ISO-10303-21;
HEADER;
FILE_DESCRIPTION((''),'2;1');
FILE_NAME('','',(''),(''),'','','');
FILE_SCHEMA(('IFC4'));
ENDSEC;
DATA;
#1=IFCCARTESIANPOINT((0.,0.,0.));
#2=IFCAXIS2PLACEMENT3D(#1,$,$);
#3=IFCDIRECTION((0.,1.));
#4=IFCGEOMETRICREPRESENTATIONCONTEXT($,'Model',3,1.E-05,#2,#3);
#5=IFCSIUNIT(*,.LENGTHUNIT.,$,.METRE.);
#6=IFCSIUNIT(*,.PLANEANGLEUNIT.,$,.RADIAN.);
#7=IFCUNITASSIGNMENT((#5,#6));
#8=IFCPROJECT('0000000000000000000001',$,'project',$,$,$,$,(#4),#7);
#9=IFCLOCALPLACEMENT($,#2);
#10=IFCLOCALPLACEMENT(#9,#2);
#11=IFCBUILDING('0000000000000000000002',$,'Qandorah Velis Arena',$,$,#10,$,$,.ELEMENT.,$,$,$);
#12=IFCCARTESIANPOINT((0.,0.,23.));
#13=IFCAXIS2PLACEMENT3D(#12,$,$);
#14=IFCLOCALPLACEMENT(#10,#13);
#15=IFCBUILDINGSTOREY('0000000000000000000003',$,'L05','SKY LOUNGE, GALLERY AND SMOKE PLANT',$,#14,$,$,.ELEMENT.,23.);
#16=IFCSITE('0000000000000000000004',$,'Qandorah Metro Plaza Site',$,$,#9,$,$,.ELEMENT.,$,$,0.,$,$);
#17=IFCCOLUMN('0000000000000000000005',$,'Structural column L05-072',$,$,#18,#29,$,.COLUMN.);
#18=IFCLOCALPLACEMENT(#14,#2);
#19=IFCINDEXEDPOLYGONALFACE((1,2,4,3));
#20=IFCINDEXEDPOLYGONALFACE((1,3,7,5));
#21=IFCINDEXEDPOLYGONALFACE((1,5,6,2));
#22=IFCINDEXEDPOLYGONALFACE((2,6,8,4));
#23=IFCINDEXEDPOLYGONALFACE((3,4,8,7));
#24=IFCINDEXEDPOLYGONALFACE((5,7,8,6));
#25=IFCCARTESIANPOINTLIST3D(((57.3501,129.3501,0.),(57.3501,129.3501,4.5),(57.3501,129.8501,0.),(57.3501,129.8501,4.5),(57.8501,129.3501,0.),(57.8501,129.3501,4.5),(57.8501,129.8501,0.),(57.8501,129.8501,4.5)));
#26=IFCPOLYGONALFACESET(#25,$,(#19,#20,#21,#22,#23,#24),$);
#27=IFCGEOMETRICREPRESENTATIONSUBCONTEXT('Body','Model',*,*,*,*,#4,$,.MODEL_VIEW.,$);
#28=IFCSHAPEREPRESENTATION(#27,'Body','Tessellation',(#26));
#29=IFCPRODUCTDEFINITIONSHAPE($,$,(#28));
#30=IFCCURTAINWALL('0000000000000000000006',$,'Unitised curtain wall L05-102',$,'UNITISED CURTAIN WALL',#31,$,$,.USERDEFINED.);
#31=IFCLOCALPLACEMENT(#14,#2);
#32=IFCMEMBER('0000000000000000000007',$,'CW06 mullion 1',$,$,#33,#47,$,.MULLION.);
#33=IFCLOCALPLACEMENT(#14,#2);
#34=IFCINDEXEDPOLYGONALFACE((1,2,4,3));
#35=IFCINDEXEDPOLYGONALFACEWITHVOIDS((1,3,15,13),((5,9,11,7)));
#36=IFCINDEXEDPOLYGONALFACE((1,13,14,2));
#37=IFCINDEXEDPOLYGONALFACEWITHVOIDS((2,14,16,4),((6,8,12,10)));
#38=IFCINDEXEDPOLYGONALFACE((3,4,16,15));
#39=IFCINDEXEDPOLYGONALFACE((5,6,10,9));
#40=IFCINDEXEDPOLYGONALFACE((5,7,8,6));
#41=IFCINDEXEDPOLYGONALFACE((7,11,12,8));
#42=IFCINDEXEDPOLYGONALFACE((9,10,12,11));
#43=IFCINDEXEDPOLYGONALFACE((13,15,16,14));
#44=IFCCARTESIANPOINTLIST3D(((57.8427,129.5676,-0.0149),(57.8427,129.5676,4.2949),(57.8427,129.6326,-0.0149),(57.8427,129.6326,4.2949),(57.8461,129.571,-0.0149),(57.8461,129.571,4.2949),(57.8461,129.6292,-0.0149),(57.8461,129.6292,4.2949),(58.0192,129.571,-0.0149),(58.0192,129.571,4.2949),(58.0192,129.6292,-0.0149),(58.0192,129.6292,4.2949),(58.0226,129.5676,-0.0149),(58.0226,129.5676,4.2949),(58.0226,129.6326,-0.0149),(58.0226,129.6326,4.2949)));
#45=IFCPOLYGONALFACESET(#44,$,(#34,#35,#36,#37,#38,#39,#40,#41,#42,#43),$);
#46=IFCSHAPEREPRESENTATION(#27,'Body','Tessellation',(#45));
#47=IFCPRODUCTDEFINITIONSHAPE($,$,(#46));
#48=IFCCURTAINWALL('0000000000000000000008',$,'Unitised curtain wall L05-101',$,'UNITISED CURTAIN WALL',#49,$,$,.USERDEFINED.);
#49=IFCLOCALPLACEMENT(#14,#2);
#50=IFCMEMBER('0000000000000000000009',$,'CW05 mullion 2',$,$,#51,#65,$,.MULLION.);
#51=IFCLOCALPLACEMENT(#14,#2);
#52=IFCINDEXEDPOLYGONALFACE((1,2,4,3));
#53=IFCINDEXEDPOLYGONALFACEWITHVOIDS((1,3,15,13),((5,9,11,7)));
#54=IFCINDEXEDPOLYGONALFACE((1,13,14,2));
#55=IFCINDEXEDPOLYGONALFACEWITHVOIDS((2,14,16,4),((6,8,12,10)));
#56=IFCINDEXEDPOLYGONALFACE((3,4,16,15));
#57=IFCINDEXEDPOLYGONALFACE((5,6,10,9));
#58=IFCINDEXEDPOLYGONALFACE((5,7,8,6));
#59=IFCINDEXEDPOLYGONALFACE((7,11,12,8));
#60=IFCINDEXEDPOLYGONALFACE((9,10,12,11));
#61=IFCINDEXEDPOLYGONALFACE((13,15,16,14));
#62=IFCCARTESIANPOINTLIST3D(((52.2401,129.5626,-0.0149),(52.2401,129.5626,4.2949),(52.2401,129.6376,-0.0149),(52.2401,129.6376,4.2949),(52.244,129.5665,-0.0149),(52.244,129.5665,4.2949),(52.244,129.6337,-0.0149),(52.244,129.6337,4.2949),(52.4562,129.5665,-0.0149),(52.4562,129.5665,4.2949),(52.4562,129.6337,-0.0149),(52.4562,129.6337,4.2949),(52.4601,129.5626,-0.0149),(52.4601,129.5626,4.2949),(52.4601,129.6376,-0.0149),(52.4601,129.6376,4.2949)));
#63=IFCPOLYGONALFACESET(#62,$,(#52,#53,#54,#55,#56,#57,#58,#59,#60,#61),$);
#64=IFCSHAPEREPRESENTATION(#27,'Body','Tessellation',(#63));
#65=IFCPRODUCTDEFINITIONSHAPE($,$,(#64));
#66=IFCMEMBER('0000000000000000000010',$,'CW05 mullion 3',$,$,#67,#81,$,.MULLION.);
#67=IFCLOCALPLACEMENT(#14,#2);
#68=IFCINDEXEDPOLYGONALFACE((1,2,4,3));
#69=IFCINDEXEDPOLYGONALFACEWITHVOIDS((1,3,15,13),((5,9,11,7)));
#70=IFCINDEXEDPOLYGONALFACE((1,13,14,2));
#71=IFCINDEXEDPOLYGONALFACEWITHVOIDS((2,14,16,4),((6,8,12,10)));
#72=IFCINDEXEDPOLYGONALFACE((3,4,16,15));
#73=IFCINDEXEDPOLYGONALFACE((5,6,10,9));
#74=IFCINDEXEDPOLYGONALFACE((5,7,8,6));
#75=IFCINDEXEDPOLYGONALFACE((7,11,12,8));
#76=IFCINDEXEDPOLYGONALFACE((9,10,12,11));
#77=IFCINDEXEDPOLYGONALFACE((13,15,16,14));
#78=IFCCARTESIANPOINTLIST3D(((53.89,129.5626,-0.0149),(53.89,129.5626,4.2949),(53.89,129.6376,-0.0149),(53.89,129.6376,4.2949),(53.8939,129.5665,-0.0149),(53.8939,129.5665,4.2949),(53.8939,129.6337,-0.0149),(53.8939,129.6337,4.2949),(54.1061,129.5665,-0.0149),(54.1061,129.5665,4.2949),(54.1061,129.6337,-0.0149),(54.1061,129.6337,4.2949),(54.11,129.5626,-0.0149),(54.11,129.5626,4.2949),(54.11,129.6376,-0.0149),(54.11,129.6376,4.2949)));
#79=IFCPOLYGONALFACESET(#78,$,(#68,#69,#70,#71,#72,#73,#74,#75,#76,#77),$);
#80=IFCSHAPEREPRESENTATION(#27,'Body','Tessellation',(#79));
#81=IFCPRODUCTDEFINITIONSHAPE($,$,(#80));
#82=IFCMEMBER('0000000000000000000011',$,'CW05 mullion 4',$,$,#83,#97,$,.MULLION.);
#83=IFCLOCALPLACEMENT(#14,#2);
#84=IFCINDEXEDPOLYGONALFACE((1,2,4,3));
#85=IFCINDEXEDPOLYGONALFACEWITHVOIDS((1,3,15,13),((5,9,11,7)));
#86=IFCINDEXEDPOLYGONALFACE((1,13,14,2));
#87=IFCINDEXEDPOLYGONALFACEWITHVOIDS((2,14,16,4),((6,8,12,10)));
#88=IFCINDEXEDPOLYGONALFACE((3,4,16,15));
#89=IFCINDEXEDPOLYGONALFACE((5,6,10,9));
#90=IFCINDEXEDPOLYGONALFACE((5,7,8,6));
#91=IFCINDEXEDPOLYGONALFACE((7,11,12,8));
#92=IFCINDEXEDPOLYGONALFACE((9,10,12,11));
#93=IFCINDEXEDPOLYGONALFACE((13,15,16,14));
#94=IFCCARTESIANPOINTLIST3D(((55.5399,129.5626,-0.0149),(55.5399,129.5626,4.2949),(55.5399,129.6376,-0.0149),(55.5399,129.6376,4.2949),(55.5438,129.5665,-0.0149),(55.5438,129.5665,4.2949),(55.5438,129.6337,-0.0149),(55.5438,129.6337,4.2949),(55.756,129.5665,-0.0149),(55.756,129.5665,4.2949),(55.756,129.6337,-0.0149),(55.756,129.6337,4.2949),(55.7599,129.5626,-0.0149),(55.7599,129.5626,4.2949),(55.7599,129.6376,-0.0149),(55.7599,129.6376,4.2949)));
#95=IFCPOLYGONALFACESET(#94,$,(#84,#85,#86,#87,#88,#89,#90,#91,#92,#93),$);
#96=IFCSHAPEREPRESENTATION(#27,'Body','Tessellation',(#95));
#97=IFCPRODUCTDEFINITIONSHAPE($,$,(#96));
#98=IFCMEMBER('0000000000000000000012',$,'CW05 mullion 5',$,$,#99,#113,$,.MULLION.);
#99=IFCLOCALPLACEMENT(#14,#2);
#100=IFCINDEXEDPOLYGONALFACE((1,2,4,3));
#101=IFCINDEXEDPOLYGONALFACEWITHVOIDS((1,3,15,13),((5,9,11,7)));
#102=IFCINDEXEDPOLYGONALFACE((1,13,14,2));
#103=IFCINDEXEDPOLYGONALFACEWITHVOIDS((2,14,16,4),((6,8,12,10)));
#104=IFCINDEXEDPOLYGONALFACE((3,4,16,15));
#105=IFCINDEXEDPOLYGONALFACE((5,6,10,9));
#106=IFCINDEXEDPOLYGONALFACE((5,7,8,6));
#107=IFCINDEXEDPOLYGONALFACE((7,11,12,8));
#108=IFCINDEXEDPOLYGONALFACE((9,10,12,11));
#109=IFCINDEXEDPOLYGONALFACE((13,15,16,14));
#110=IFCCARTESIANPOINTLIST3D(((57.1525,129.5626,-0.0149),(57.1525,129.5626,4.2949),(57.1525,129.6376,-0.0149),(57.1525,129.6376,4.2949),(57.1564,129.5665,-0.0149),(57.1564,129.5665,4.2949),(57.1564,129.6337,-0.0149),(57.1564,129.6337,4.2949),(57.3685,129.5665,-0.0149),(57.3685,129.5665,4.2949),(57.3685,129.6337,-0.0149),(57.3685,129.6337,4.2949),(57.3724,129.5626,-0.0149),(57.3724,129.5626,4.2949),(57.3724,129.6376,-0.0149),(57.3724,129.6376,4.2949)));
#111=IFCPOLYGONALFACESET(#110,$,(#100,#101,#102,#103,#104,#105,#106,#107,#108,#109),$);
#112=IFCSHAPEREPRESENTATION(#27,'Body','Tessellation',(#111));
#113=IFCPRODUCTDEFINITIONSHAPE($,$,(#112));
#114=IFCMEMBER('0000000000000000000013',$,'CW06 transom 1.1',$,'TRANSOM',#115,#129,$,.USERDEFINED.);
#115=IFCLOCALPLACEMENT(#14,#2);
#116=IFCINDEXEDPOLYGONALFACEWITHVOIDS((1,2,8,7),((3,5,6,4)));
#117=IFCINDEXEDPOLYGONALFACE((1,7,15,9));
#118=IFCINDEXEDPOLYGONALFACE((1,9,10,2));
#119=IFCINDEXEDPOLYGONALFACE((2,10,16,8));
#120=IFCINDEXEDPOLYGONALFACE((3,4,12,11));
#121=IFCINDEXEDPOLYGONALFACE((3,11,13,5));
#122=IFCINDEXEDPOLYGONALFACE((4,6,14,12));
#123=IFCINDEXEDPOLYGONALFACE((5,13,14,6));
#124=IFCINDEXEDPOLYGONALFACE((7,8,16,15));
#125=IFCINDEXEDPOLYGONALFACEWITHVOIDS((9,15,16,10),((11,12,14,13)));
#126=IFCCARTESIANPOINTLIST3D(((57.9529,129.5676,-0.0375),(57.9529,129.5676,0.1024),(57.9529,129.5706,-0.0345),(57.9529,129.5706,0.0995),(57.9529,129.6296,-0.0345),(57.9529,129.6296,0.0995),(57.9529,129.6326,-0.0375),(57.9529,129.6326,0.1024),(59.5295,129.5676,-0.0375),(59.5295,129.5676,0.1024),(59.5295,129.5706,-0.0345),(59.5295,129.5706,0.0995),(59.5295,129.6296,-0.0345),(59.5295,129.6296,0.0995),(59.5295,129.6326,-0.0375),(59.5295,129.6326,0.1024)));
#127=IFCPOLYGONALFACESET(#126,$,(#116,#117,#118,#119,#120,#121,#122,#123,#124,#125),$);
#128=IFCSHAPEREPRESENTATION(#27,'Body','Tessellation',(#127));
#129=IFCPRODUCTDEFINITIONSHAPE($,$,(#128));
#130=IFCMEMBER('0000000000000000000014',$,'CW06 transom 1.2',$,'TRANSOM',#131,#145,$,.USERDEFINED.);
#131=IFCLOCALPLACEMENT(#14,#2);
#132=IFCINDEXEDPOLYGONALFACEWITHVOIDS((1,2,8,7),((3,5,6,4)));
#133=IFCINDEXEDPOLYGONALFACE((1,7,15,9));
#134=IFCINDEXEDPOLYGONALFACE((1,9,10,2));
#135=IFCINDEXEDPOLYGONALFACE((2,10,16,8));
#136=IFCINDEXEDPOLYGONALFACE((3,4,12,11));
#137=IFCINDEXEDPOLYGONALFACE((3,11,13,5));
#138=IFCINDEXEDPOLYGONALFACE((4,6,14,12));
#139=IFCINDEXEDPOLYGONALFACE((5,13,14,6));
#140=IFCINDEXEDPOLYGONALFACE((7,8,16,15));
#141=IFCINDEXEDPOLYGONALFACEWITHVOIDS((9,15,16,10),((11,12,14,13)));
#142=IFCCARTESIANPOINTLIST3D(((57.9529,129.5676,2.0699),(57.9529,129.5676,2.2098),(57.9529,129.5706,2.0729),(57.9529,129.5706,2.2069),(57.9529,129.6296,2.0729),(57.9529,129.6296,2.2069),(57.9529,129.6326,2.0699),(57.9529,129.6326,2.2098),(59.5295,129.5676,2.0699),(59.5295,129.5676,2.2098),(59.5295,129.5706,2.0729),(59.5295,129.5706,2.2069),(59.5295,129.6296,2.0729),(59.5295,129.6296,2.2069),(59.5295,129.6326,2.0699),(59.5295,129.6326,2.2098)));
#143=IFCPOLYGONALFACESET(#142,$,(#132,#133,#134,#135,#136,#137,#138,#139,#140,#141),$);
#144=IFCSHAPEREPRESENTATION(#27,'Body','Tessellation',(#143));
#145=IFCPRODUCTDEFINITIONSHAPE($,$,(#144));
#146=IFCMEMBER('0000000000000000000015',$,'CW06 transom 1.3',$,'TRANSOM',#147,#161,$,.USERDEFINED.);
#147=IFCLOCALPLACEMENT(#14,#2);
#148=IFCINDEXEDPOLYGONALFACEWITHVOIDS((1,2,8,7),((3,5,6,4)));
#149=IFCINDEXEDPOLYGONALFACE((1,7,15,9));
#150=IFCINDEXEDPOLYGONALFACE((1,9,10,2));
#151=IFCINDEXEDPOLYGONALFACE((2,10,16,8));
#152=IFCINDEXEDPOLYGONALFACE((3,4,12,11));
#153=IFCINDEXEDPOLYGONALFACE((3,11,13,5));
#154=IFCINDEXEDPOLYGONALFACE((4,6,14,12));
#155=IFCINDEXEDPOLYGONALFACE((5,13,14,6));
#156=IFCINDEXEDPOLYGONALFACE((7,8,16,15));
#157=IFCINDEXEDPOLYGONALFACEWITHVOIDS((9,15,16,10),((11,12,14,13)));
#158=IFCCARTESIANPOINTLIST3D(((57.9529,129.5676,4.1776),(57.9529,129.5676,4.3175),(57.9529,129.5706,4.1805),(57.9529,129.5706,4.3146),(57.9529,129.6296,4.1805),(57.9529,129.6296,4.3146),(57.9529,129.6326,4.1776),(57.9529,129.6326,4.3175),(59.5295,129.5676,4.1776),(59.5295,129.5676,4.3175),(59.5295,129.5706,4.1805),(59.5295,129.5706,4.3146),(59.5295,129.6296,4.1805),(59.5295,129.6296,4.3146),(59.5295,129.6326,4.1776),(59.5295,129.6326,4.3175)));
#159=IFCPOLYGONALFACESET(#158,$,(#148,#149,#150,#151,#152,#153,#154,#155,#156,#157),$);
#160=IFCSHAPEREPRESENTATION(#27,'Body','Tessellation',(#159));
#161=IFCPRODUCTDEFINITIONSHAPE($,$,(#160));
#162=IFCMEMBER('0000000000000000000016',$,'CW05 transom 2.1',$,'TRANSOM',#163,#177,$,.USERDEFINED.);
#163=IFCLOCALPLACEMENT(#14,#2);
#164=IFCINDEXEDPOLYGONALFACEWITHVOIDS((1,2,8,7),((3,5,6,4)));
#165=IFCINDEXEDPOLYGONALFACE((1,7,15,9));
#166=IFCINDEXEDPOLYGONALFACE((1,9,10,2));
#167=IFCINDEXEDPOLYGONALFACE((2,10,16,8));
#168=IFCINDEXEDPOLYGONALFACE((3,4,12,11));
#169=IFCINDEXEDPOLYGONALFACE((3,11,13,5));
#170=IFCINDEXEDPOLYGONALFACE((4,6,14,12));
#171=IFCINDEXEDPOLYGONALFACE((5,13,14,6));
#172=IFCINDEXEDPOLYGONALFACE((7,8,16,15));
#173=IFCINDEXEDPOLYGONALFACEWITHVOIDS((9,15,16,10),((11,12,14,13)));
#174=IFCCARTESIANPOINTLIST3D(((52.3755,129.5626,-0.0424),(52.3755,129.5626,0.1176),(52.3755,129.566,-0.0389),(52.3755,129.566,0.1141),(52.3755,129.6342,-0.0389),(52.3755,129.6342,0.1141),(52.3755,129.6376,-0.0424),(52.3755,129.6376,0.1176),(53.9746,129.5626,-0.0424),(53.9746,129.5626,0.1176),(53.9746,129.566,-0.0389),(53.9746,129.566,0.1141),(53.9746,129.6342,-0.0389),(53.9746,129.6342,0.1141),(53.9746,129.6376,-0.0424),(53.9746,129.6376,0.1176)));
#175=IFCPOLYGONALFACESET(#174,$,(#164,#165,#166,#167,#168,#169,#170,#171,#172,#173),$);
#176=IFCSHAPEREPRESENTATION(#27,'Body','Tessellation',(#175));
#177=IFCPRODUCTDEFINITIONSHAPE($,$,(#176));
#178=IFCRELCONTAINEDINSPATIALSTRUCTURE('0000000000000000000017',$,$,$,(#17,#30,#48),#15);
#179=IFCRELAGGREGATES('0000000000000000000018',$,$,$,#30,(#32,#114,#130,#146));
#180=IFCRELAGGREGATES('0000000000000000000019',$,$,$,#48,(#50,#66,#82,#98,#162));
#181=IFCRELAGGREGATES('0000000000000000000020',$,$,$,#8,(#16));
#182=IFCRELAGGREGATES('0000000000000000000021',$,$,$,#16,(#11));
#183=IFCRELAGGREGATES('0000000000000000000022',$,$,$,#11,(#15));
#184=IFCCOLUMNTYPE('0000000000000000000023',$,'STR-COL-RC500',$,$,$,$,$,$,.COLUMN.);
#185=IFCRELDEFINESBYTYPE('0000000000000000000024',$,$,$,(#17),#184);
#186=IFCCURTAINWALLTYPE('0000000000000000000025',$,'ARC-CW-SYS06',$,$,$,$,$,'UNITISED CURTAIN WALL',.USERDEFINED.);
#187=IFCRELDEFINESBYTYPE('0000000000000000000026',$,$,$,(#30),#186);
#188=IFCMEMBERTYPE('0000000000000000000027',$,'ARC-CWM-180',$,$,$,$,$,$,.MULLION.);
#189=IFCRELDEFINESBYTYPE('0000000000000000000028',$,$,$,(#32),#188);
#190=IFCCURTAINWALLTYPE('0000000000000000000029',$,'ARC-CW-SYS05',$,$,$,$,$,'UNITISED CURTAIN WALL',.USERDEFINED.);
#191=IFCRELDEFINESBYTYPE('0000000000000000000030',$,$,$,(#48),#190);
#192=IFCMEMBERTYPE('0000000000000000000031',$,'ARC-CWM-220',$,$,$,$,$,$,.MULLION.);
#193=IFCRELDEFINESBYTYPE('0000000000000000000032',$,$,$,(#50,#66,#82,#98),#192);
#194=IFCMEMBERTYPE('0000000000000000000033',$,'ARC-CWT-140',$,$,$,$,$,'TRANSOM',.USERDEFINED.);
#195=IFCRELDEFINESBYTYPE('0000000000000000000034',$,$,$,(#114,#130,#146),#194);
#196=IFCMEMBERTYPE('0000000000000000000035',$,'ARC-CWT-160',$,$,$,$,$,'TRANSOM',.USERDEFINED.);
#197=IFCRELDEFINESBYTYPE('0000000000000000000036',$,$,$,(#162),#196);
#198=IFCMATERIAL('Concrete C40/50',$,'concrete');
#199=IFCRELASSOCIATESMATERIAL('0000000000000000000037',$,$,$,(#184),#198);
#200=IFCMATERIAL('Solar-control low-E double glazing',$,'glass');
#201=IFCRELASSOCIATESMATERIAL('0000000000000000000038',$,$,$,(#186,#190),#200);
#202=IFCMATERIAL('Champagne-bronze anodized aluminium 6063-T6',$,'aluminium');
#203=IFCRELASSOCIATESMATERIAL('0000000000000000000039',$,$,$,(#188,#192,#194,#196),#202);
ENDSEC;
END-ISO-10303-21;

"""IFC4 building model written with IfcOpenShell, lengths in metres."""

from ifc_helpers import new_model, si_unit, direction, frame, origin, origin_2d, place, context, subcontext, project, spatial, rectangle, hollow_rectangle, extrude, material, material_profile, profile_set, type_object, element, aggregate, save


model = new_model("IFC4")

# Units and contexts
model_context = context("Model", 3, precision=1e-05, world=origin(), true_north=direction((0.0, 1.0)))
body_context = subcontext(model_context, "Body", "Model", "MODEL_VIEW")
ifc_project = project(units=[si_unit("LENGTHUNIT", "METRE"), si_unit("PLANEANGLEUNIT", "RADIAN")], contexts=[model_context])

# Site, building, storey
site_placement = place(None, origin())
site = spatial("IfcSite", under=ifc_project, at=site_placement, Name="Qandorah Metro Plaza Site", CompositionType="ELEMENT", RefElevation=0.0)
building_placement = place(site_placement, origin())
building = spatial("IfcBuilding", under=site, at=building_placement, Name="Qandorah Velis Arena", CompositionType="ELEMENT")
storey_placement = place(building_placement, frame((0.0, 0.0, 23.0)))
storey = spatial("IfcBuildingStorey", under=building, at=storey_placement, Name="L05", Description="SKY LOUNGE, GALLERY AND SMOKE PLANT", CompositionType="ELEMENT", Elevation=23.0)

# Column
ifc_material_1 = material(Name="Concrete C40/50", Category="concrete")
ifc_material_profile_1 = material_profile(ifc_material_1, rectangle(XDim=0.5, YDim=0.5, at=origin_2d()), Name="RC COL 500x500")
ifc_profile_set_1 = profile_set([ifc_material_profile_1], Name="Concrete C40/50")
column_type = type_object("IfcColumnType", Name="STR-COL-RC500", PredefinedType="COLUMN", material=ifc_profile_set_1)
column_placement = place(storey_placement, frame((57.6001, 129.6001, 0.0), z_axis=(0.0, 0.0, 1.0), x_axis=(1.0, 0.0, 0.0)))
element("IfcColumn", 1, at=column_placement, inside=storey, type_object=column_type, Name="Structural column L05-072", PredefinedType="COLUMN", context=body_context, shape_type="SweptSolid", body=[
    extrude(rectangle(XDim=0.5, YDim=0.5, at=origin_2d()), origin(), (0.0, 0.0, 1.0), 4.5),
])

# Curtain wall, member
ifc_material_2 = material(Name="Solar-control low-E double glazing", Category="glass")
curtain_wall_type_1 = type_object("IfcCurtainWallType", Name="ARC-CW-SYS06", ElementType="UNITISED CURTAIN WALL", PredefinedType="USERDEFINED", material=ifc_material_2)
curtain_wall_1_placement = place(storey_placement, origin())
curtain_wall_1 = element("IfcCurtainWall", 2, at=curtain_wall_1_placement, inside=storey, type_object=curtain_wall_type_1, Name="Unitised curtain wall L05-102", ObjectType="UNITISED CURTAIN WALL", PredefinedType="USERDEFINED")
ifc_material_3 = material(Name="Champagne-bronze anodized aluminium 6063-T6", Category="aluminium")
ifc_material_profile_2 = material_profile(ifc_material_3, hollow_rectangle(XDim=0.0649, YDim=0.1799, WallThickness=0.0034, at=origin_2d()), Name="ALU MULLION 65x180")
ifc_profile_set_2 = profile_set([ifc_material_profile_2], Name="Champagne-bronze anodized aluminium 6063-T6")
member_type_1 = type_object("IfcMemberType", Name="ARC-CWM-180", PredefinedType="MULLION", material=ifc_profile_set_2)
member_1_placement = place(storey_placement, frame((57.9326, 129.6001, -0.0149), z_axis=(0.0, 0.0, 1.0), x_axis=(0.0, 1.0, 0.0)))
member_1 = element("IfcMember", 3, at=member_1_placement, type_object=member_type_1, Name="CW06 mullion 1", PredefinedType="MULLION", context=body_context, shape_type="SweptSolid", body=[
    extrude(hollow_rectangle(XDim=0.0649, YDim=0.1799, WallThickness=0.0034, at=origin_2d()), origin(), (0.0, 0.0, 1.0), 4.3098),
])

# Curtain wall, members
curtain_wall_type_2 = type_object("IfcCurtainWallType", Name="ARC-CW-SYS05", ElementType="UNITISED CURTAIN WALL", PredefinedType="USERDEFINED", material=ifc_material_2)
curtain_wall_2_placement = place(storey_placement, origin())
curtain_wall_2 = element("IfcCurtainWall", 4, at=curtain_wall_2_placement, inside=storey, type_object=curtain_wall_type_2, Name="Unitised curtain wall L05-101", ObjectType="UNITISED CURTAIN WALL", PredefinedType="USERDEFINED")
ifc_material_profile_3 = material_profile(ifc_material_3, hollow_rectangle(XDim=0.075, YDim=0.22, WallThickness=0.0039, at=origin_2d()), Name="ALU MULLION 75x220")
ifc_profile_set_3 = profile_set([ifc_material_profile_3], Name="Champagne-bronze anodized aluminium 6063-T6")
member_type_2 = type_object("IfcMemberType", Name="ARC-CWM-220", PredefinedType="MULLION", material=ifc_profile_set_3)
member_2_placement = place(storey_placement, frame((52.3501, 129.6001, -0.0149), z_axis=(0.0, 0.0, 1.0), x_axis=(0.0, 1.0, 0.0)))
member_2 = element("IfcMember", 5, at=member_2_placement, type_object=member_type_2, Name="CW05 mullion 2", PredefinedType="MULLION", context=body_context, shape_type="SweptSolid", body=[
    extrude(hollow_rectangle(XDim=0.075, YDim=0.22, WallThickness=0.0039, at=origin_2d()), origin(), (0.0, 0.0, 1.0), 4.3098),
])
member_3_placement = place(storey_placement, frame((54.0, 129.6001, -0.0149), z_axis=(0.0, 0.0, 1.0), x_axis=(0.0, 1.0, 0.0)))
member_3 = element("IfcMember", 6, at=member_3_placement, type_object=member_type_2, Name="CW05 mullion 3", PredefinedType="MULLION", context=body_context, shape_type="SweptSolid", body=[
    extrude(hollow_rectangle(XDim=0.075, YDim=0.22, WallThickness=0.0039, at=origin_2d()), origin(), (0.0, 0.0, 1.0), 4.3098),
])
member_4_placement = place(storey_placement, frame((55.6499, 129.6001, -0.0149), z_axis=(0.0, 0.0, 1.0), x_axis=(0.0, 1.0, 0.0)))
member_4 = element("IfcMember", 7, at=member_4_placement, type_object=member_type_2, Name="CW05 mullion 4", PredefinedType="MULLION", context=body_context, shape_type="SweptSolid", body=[
    extrude(hollow_rectangle(XDim=0.075, YDim=0.22, WallThickness=0.0039, at=origin_2d()), origin(), (0.0, 0.0, 1.0), 4.3098),
])
member_5_placement = place(storey_placement, frame((57.2625, 129.6001, -0.0149), z_axis=(0.0, 0.0, 1.0), x_axis=(0.0, 1.0, 0.0)))
member_5 = element("IfcMember", 8, at=member_5_placement, type_object=member_type_2, Name="CW05 mullion 5", PredefinedType="MULLION", context=body_context, shape_type="SweptSolid", body=[
    extrude(hollow_rectangle(XDim=0.075, YDim=0.22, WallThickness=0.0039, at=origin_2d()), origin(), (0.0, 0.0, 1.0), 4.3098),
])

# Members
ifc_material_profile_4 = material_profile(ifc_material_3, hollow_rectangle(XDim=0.0649, YDim=0.1399, WallThickness=0.0029, at=origin_2d()), Name="ALU TRANSOM 65x140")
ifc_profile_set_4 = profile_set([ifc_material_profile_4], Name="Champagne-bronze anodized aluminium 6063-T6")
member_type_3 = type_object("IfcMemberType", Name="ARC-CWT-140", ElementType="TRANSOM", PredefinedType="USERDEFINED", material=ifc_profile_set_4)
member_6_placement = place(storey_placement, frame((57.9529, 129.6001, 0.0325), z_axis=(1.0, 0.0, 0.0), x_axis=(0.0, 1.0, 0.0)))
member_6 = element("IfcMember", 9, at=member_6_placement, type_object=member_type_3, Name="CW06 transom 1.1", ObjectType="TRANSOM", PredefinedType="USERDEFINED", context=body_context, shape_type="SweptSolid", body=[
    extrude(hollow_rectangle(XDim=0.0649, YDim=0.1399, WallThickness=0.0029, at=origin_2d()), origin(), (0.0, 0.0, 1.0), 1.5767),
])
member_7_placement = place(storey_placement, frame((57.9529, 129.6001, 2.1399), z_axis=(1.0, 0.0, 0.0), x_axis=(0.0, 1.0, 0.0)))
member_7 = element("IfcMember", 10, at=member_7_placement, type_object=member_type_3, Name="CW06 transom 1.2", ObjectType="TRANSOM", PredefinedType="USERDEFINED", context=body_context, shape_type="SweptSolid", body=[
    extrude(hollow_rectangle(XDim=0.0649, YDim=0.1399, WallThickness=0.0029, at=origin_2d()), origin(), (0.0, 0.0, 1.0), 1.5767),
])
member_8_placement = place(storey_placement, frame((57.9529, 129.6001, 4.2476), z_axis=(1.0, 0.0, 0.0), x_axis=(0.0, 1.0, 0.0)))
member_8 = element("IfcMember", 11, at=member_8_placement, type_object=member_type_3, Name="CW06 transom 1.3", ObjectType="TRANSOM", PredefinedType="USERDEFINED", context=body_context, shape_type="SweptSolid", body=[
    extrude(hollow_rectangle(XDim=0.0649, YDim=0.1399, WallThickness=0.0029, at=origin_2d()), origin(), (0.0, 0.0, 1.0), 1.5767),
])
aggregate(curtain_wall_1, [member_1, member_6, member_7, member_8])
ifc_material_profile_5 = material_profile(ifc_material_3, hollow_rectangle(XDim=0.075, YDim=0.1599, WallThickness=0.0034, at=origin_2d()), Name="ALU TRANSOM 75x160")
ifc_profile_set_5 = profile_set([ifc_material_profile_5], Name="Champagne-bronze anodized aluminium 6063-T6")
member_type_4 = type_object("IfcMemberType", Name="ARC-CWT-160", ElementType="TRANSOM", PredefinedType="USERDEFINED", material=ifc_profile_set_5)
member_9_placement = place(storey_placement, frame((52.3755, 129.6001, 0.0376), z_axis=(1.0, 0.0, 0.0), x_axis=(0.0, 1.0, 0.0)))
member_9 = element("IfcMember", 12, at=member_9_placement, type_object=member_type_4, Name="CW05 transom 2.1", ObjectType="TRANSOM", PredefinedType="USERDEFINED", context=body_context, shape_type="SweptSolid", body=[
    extrude(hollow_rectangle(XDim=0.075, YDim=0.1599, WallThickness=0.0034, at=origin_2d()), origin(), (0.0, 0.0, 1.0), 1.5991),
])

aggregate(curtain_wall_2, [member_2, member_3, member_4, member_5, member_9])

save(model, "model.ifc")
